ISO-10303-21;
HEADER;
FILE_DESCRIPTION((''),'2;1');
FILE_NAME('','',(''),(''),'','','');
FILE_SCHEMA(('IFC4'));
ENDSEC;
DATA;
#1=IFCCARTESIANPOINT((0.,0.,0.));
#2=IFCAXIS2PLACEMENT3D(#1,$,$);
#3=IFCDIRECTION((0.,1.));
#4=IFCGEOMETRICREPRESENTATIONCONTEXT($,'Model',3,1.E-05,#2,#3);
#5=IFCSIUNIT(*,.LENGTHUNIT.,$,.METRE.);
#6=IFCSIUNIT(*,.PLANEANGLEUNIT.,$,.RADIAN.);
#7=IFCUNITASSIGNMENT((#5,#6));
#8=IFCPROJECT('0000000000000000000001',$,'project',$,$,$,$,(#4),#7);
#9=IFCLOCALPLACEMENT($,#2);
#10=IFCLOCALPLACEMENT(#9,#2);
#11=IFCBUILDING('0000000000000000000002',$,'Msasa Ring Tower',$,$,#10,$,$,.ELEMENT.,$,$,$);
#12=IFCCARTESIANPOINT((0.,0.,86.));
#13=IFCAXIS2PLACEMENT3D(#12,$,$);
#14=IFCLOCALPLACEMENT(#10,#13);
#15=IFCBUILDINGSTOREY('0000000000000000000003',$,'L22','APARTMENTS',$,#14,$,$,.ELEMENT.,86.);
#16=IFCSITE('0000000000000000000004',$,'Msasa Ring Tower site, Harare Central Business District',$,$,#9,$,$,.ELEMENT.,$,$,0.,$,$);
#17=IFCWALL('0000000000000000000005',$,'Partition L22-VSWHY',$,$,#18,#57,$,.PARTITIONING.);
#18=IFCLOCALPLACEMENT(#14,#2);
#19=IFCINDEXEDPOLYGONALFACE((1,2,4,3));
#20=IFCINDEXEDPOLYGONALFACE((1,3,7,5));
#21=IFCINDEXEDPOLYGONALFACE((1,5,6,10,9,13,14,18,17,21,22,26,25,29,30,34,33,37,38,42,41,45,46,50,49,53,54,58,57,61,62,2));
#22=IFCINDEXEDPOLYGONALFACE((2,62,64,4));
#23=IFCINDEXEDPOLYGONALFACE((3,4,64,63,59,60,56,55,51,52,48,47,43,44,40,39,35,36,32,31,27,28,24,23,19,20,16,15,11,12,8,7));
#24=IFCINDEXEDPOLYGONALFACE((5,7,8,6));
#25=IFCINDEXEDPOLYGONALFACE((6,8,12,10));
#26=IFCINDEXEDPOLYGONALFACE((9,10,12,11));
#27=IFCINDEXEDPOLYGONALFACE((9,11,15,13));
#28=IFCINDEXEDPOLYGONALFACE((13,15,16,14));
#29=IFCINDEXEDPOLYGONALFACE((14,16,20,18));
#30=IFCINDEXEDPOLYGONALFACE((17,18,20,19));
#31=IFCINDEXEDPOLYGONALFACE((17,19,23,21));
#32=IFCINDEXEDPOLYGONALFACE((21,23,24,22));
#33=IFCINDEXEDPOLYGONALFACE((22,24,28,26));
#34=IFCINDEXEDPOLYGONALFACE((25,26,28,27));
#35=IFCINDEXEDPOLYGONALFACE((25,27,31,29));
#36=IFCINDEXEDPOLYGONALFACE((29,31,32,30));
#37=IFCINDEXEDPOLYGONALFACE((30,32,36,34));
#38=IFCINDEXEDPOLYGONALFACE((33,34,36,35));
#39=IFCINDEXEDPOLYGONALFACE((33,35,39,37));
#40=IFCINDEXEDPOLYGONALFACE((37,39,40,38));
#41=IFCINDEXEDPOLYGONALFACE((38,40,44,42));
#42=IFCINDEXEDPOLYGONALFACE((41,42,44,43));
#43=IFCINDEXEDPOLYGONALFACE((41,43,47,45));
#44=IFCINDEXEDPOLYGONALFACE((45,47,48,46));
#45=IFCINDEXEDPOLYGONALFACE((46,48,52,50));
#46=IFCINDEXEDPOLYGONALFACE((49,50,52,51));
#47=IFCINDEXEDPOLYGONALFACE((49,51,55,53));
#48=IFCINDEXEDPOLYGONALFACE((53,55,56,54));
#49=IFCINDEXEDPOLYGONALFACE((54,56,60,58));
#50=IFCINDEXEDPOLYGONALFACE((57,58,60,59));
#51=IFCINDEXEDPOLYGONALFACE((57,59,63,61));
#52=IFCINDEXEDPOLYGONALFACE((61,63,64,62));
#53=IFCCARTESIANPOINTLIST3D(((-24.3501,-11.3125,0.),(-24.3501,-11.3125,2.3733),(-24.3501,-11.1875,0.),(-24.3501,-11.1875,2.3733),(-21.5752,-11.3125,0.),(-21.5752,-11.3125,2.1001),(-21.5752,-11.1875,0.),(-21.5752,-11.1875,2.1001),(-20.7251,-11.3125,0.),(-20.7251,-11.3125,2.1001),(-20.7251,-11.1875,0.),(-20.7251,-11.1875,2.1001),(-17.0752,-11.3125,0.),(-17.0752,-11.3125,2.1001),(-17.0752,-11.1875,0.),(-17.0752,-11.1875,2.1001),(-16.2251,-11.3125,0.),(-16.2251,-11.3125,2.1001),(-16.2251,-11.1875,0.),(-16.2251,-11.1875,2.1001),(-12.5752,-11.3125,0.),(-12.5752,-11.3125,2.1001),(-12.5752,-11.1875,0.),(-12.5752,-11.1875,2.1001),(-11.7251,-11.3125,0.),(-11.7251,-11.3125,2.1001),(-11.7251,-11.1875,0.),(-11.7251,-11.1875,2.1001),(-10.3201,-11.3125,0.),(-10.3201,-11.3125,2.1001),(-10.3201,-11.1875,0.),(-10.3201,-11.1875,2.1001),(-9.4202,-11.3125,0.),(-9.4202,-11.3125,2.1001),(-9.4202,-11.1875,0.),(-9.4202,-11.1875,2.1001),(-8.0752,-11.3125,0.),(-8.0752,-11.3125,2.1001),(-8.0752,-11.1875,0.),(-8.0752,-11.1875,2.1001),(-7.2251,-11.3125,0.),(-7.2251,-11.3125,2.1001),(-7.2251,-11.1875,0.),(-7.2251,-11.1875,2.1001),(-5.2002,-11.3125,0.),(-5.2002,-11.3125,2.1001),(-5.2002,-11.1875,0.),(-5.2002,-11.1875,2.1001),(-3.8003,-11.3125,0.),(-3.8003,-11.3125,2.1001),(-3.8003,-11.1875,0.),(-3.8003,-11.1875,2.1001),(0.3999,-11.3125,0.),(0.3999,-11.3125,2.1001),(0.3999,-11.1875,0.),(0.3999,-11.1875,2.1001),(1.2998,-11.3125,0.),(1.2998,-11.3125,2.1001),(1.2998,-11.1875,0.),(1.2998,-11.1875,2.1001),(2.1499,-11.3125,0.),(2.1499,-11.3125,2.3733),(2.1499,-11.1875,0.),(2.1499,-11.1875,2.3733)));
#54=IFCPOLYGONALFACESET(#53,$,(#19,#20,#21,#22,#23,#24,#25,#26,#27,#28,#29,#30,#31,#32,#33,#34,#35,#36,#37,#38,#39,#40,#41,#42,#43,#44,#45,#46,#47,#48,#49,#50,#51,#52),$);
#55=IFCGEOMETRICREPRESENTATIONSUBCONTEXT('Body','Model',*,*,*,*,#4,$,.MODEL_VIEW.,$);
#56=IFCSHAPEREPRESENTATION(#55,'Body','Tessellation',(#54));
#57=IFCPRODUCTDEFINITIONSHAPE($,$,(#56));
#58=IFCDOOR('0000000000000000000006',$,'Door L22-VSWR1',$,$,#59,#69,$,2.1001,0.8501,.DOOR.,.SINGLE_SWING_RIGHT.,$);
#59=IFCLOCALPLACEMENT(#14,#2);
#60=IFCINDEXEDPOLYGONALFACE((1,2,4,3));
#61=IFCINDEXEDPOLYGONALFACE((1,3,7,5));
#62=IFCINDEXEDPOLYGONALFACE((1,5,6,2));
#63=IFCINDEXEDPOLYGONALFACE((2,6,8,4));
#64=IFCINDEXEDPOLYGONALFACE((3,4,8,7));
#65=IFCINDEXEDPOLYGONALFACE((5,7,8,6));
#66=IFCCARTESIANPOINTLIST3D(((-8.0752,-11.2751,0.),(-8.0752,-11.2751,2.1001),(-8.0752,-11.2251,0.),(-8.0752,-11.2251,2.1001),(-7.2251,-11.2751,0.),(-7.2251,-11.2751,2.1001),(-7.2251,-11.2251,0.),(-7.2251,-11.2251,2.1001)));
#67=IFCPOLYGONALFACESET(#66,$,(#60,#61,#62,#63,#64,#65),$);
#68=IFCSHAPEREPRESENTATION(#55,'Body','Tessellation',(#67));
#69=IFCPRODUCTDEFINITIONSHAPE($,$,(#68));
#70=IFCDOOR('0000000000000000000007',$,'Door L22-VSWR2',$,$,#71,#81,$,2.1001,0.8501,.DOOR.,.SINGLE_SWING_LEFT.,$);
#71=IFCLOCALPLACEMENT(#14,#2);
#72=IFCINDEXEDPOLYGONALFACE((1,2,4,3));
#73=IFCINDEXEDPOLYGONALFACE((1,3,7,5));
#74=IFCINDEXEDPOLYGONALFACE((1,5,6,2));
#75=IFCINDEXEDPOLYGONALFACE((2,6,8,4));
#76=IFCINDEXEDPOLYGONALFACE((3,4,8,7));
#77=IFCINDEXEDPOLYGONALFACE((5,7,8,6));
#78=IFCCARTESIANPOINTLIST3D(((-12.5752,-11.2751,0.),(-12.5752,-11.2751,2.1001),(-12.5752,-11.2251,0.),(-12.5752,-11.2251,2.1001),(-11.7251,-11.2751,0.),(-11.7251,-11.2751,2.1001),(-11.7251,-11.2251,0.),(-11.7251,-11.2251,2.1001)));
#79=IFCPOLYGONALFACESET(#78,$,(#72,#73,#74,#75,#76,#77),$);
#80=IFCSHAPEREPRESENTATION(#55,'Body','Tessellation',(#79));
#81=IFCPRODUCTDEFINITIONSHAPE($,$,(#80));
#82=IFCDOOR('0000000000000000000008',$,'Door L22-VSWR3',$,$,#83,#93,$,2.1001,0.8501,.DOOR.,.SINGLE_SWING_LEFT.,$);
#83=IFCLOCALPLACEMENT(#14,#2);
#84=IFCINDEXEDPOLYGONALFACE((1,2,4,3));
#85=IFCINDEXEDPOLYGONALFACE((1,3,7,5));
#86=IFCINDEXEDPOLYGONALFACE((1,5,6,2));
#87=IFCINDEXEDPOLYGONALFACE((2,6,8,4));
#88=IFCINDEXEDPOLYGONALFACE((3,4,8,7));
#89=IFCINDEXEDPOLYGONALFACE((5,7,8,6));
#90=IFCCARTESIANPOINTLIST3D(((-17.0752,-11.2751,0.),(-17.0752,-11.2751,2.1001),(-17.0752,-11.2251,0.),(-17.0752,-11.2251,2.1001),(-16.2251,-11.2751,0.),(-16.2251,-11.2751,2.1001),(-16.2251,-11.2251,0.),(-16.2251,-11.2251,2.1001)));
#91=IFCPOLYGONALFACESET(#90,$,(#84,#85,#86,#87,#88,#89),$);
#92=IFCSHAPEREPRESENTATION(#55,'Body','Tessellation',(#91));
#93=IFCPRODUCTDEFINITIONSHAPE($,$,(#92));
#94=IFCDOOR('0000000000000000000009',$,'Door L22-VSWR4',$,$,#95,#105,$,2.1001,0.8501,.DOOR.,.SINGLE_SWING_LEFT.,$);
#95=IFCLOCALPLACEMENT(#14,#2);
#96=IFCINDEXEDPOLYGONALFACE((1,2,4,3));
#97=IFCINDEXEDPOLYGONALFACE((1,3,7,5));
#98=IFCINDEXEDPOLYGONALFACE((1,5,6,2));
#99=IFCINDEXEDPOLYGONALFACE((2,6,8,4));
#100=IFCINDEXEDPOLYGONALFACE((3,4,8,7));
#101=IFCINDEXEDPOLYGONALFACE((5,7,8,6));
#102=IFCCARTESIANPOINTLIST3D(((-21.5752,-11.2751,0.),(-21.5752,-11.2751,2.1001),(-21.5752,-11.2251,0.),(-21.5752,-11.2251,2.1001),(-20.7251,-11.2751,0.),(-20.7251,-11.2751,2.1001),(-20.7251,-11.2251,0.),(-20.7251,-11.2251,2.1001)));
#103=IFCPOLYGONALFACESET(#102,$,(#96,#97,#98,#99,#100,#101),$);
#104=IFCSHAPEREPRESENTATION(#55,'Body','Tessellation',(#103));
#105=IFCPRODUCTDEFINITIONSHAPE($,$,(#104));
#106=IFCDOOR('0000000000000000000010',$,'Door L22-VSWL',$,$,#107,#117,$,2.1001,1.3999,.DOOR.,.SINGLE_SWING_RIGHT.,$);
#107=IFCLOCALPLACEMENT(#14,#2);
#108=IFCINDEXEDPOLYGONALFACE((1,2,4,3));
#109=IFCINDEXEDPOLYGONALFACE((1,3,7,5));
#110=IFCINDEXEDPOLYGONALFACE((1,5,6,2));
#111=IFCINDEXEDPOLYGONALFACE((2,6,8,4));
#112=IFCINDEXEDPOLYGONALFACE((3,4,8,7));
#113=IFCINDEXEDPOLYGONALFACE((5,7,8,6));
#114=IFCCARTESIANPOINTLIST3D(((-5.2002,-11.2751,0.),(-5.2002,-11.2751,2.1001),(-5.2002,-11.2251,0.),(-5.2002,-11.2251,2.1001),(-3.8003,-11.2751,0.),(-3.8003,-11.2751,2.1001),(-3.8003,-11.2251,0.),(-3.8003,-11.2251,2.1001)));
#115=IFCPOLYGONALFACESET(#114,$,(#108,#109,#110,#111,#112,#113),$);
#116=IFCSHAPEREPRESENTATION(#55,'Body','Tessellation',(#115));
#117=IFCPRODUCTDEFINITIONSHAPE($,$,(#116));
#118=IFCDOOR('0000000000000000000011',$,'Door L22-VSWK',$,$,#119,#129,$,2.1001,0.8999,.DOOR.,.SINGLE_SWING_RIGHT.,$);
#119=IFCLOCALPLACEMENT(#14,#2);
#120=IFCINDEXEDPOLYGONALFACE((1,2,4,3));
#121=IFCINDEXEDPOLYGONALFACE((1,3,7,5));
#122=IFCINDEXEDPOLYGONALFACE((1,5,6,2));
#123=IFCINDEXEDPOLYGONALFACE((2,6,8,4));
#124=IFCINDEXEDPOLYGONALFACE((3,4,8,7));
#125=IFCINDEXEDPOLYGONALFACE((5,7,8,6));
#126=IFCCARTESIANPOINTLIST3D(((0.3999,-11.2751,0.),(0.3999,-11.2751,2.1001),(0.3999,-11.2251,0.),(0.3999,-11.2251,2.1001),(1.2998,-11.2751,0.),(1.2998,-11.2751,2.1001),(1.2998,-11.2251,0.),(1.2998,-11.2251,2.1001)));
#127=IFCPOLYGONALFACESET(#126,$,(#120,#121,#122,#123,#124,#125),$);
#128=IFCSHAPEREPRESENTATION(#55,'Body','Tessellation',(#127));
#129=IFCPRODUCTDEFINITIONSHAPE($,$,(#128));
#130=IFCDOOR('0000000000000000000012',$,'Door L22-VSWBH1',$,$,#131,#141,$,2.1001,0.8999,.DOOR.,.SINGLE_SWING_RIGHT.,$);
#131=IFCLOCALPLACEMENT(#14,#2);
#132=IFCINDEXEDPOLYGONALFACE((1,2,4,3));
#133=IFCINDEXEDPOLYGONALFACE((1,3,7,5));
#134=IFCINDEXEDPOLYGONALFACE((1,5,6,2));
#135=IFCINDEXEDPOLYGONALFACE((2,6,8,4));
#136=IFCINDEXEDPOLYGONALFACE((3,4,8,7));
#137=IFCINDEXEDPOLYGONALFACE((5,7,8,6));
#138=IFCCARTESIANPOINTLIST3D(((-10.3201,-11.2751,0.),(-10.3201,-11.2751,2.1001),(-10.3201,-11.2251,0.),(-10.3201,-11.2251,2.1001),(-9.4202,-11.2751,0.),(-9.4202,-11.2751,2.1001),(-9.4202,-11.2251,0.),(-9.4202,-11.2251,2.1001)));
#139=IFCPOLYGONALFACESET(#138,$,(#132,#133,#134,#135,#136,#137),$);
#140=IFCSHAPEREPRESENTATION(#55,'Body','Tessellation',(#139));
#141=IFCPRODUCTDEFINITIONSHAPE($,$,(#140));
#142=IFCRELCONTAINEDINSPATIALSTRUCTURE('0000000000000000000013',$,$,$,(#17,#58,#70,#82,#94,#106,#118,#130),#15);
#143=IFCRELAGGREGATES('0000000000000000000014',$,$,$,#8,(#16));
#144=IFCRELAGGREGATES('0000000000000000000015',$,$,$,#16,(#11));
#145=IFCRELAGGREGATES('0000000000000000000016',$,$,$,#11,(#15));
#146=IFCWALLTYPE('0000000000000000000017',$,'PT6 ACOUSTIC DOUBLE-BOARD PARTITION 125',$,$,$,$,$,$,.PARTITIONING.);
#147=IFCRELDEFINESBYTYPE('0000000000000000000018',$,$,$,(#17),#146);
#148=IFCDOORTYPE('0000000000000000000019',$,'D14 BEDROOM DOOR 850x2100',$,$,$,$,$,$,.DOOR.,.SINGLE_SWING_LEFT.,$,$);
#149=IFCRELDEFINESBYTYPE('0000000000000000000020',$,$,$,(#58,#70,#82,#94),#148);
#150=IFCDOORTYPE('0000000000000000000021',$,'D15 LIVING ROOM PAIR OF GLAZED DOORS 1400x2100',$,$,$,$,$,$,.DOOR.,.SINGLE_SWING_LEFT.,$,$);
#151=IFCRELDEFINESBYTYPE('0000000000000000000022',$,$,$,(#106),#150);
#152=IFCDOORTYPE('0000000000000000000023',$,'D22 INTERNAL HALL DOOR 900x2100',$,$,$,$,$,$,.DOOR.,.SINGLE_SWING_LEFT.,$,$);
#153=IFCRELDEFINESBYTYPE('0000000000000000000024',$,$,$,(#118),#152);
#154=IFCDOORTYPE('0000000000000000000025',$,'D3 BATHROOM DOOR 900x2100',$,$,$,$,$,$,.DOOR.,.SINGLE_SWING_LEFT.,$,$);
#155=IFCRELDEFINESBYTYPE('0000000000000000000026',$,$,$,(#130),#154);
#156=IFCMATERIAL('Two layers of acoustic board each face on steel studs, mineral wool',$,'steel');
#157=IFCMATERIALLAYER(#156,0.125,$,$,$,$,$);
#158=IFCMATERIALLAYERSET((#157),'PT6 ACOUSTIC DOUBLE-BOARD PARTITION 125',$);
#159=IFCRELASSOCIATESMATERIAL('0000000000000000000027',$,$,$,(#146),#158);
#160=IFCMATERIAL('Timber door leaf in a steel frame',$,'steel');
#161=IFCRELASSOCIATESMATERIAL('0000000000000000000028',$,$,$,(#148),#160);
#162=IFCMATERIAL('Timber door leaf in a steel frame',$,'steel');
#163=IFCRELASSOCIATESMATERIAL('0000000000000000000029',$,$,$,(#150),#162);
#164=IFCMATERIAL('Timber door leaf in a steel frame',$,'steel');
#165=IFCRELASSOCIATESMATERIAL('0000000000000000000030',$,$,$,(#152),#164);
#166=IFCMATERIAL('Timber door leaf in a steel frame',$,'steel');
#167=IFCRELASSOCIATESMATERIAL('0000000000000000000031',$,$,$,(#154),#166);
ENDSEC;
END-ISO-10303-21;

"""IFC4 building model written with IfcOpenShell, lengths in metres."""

from ifc_helpers import new_model, si_unit, direction, frame, frame_2d, origin, place, context, subcontext, project, spatial, rectangle, extrude, material, layer, layer_set, type_object, element, fill, save


model = new_model("IFC4")

# Units and contexts
model_context = context("Model", 3, precision=1e-05, world=origin(), true_north=direction((0.0, 1.0)))
body_context = subcontext(model_context, "Body", "Model", "MODEL_VIEW")
ifc_project = project(units=[si_unit("LENGTHUNIT", "METRE"), si_unit("PLANEANGLEUNIT", "RADIAN")], contexts=[model_context])

# Site, building, storey
site_placement = place(None, origin())
site = spatial("IfcSite", under=ifc_project, at=site_placement, Name="Msasa Ring Tower site, Harare Central Business District", CompositionType="ELEMENT", RefElevation=0.0)
building_placement = place(site_placement, origin())
building = spatial("IfcBuilding", under=site, at=building_placement, Name="Msasa Ring Tower", CompositionType="ELEMENT")
storey_placement = place(building_placement, frame((0.0, 0.0, 86.0)))
storey = spatial("IfcBuildingStorey", under=building, at=storey_placement, Name="L22", Description="APARTMENTS", CompositionType="ELEMENT", Elevation=86.0)

# Wall, openings, doors
ifc_material_1 = material(Name="Two layers of acoustic board each face on steel studs, mineral wool", Category="steel")
ifc_layer_1 = layer(ifc_material_1, 0.125)
ifc_layer_set_1 = layer_set([ifc_layer_1], Name="PT6 ACOUSTIC DOUBLE-BOARD PARTITION 125")
wall_type_1 = type_object("IfcWallType", Name="PT6 ACOUSTIC DOUBLE-BOARD PARTITION 125", PredefinedType="PARTITIONING", material=ifc_layer_set_1)
wall_1_placement = place(storey_placement, frame((-24.3501, -11.25, 0.0), z_axis=(0.0, 0.0, 1.0), x_axis=(1.0, 0.0, 0.0)))
wall_1 = element("IfcWall", 1, at=wall_1_placement, inside=storey, type_object=wall_type_1, Name="Partition L22-VSWHY", PredefinedType="PARTITIONING", context=body_context, shape_type="SweptSolid", body=[
    extrude(rectangle(XDim=26.5, YDim=0.125, at=frame_2d((13.25, 0.0))), origin(), (0.0, 0.0, 1.0), 2.3733),
])
opening_1_placement = place(wall_1_placement, frame((24.75, 0.0, 0.0)))
opening_1 = element("IfcOpeningElement", 2, at=opening_1_placement, cuts=wall_1, PredefinedType="OPENING", context=body_context, shape_type="SweptSolid", body=[
    extrude(rectangle(XDim=0.8999, YDim=2.1001, at=frame_2d((0.45, 1.05))), frame((0.0, 0.0725, 0.0), z_axis=(0.0, -1.0, 0.0), x_axis=(1.0, 0.0, 0.0)), (0.0, 0.0, 1.0), 0.145),
])
opening_2_placement = place(wall_1_placement, frame((19.1499, 0.0, 0.0)))
opening_2 = element("IfcOpeningElement", 3, at=opening_2_placement, cuts=wall_1, PredefinedType="OPENING", context=body_context, shape_type="SweptSolid", body=[
    extrude(rectangle(XDim=1.3999, YDim=2.1001, at=frame_2d((0.7, 1.05))), frame((0.0, 0.0725, 0.0), z_axis=(0.0, -1.0, 0.0), x_axis=(1.0, 0.0, 0.0)), (0.0, 0.0, 1.0), 0.145),
])
opening_3_placement = place(wall_1_placement, frame((16.2749, 0.0, 0.0)))
opening_3 = element("IfcOpeningElement", 4, at=opening_3_placement, cuts=wall_1, PredefinedType="OPENING", context=body_context, shape_type="SweptSolid", body=[
    extrude(rectangle(XDim=0.8501, YDim=2.1001, at=frame_2d((0.425, 1.05))), frame((0.0, 0.0725, 0.0), z_axis=(0.0, -1.0, 0.0), x_axis=(1.0, 0.0, 0.0)), (0.0, 0.0, 1.0), 0.145),
])
opening_4_placement = place(wall_1_placement, frame((14.03, 0.0, 0.0)))
opening_4 = element("IfcOpeningElement", 5, at=opening_4_placement, cuts=wall_1, PredefinedType="OPENING", context=body_context, shape_type="SweptSolid", body=[
    extrude(rectangle(XDim=0.8999, YDim=2.1001, at=frame_2d((0.45, 1.05))), frame((0.0, 0.0725, 0.0), z_axis=(0.0, -1.0, 0.0), x_axis=(1.0, 0.0, 0.0)), (0.0, 0.0, 1.0), 0.145),
])
opening_5_placement = place(wall_1_placement, frame((11.7749, 0.0, 0.0)))
opening_5 = element("IfcOpeningElement", 6, at=opening_5_placement, cuts=wall_1, PredefinedType="OPENING", context=body_context, shape_type="SweptSolid", body=[
    extrude(rectangle(XDim=0.8501, YDim=2.1001, at=frame_2d((0.425, 1.05))), frame((0.0, 0.0725, 0.0), z_axis=(0.0, -1.0, 0.0), x_axis=(1.0, 0.0, 0.0)), (0.0, 0.0, 1.0), 0.145),
])
opening_6_placement = place(wall_1_placement, frame((7.2749, 0.0, 0.0)))
opening_6 = element("IfcOpeningElement", 7, at=opening_6_placement, cuts=wall_1, PredefinedType="OPENING", context=body_context, shape_type="SweptSolid", body=[
    extrude(rectangle(XDim=0.8501, YDim=2.1001, at=frame_2d((0.425, 1.05))), frame((0.0, 0.0725, 0.0), z_axis=(0.0, -1.0, 0.0), x_axis=(1.0, 0.0, 0.0)), (0.0, 0.0, 1.0), 0.145),
])
opening_7_placement = place(wall_1_placement, frame((2.7749, 0.0, 0.0)))
opening_7 = element("IfcOpeningElement", 8, at=opening_7_placement, cuts=wall_1, PredefinedType="OPENING", context=body_context, shape_type="SweptSolid", body=[
    extrude(rectangle(XDim=0.8501, YDim=2.1001, at=frame_2d((0.425, 1.05))), frame((0.0, 0.0725, 0.0), z_axis=(0.0, -1.0, 0.0), x_axis=(1.0, 0.0, 0.0)), (0.0, 0.0, 1.0), 0.145),
])
ifc_material_2 = material(Name="Timber door leaf in a steel frame", Category="steel")
door_type_1 = type_object("IfcDoorType", Name="D14 BEDROOM DOOR 850x2100", OperationType="SINGLE_SWING_LEFT", PredefinedType="DOOR", material=ifc_material_2)
door_1_placement = place(opening_3_placement, origin())
door_1 = element("IfcDoor", 9, at=door_1_placement, inside=storey, type_object=door_type_1, Name="Door L22-VSWR1", OperationType="SINGLE_SWING_RIGHT", OverallHeight=2.1001, OverallWidth=0.8501, PredefinedType="DOOR", context=body_context, shape_type="SweptSolid", body=[
    extrude(rectangle(XDim=0.8501, YDim=2.1001, at=frame_2d((0.425, 1.05))), frame((0.0, 0.0249, 0.0), z_axis=(0.0, -1.0, 0.0), x_axis=(1.0, 0.0, 0.0)), (0.0, 0.0, 1.0), 0.05),
])
fill(opening_3, door_1)
door_2_placement = place(opening_5_placement, origin())
door_2 = element("IfcDoor", 10, at=door_2_placement, inside=storey, type_object=door_type_1, Name="Door L22-VSWR2", OperationType="SINGLE_SWING_LEFT", OverallHeight=2.1001, OverallWidth=0.8501, PredefinedType="DOOR", context=body_context, shape_type="SweptSolid", body=[
    extrude(rectangle(XDim=0.8501, YDim=2.1001, at=frame_2d((0.425, 1.05))), frame((0.0, 0.0249, 0.0), z_axis=(0.0, -1.0, 0.0), x_axis=(1.0, 0.0, 0.0)), (0.0, 0.0, 1.0), 0.05),
])
fill(opening_5, door_2)
door_3_placement = place(opening_6_placement, origin())
door_3 = element("IfcDoor", 11, at=door_3_placement, inside=storey, type_object=door_type_1, Name="Door L22-VSWR3", OperationType="SINGLE_SWING_LEFT", OverallHeight=2.1001, OverallWidth=0.8501, PredefinedType="DOOR", context=body_context, shape_type="SweptSolid", body=[
    extrude(rectangle(XDim=0.8501, YDim=2.1001, at=frame_2d((0.425, 1.05))), frame((0.0, 0.0249, 0.0), z_axis=(0.0, -1.0, 0.0), x_axis=(1.0, 0.0, 0.0)), (0.0, 0.0, 1.0), 0.05),
])
fill(opening_6, door_3)
door_4_placement = place(opening_7_placement, origin())
door_4 = element("IfcDoor", 12, at=door_4_placement, inside=storey, type_object=door_type_1, Name="Door L22-VSWR4", OperationType="SINGLE_SWING_LEFT", OverallHeight=2.1001, OverallWidth=0.8501, PredefinedType="DOOR", context=body_context, shape_type="SweptSolid", body=[
    extrude(rectangle(XDim=0.8501, YDim=2.1001, at=frame_2d((0.425, 1.05))), frame((0.0, 0.0249, 0.0), z_axis=(0.0, -1.0, 0.0), x_axis=(1.0, 0.0, 0.0)), (0.0, 0.0, 1.0), 0.05),
])
fill(opening_7, door_4)
ifc_material_3 = material(Name="Timber door leaf in a steel frame", Category="steel")
door_type_2 = type_object("IfcDoorType", Name="D15 LIVING ROOM PAIR OF GLAZED DOORS 1400x2100", OperationType="SINGLE_SWING_LEFT", PredefinedType="DOOR", material=ifc_material_3)
door_5_placement = place(opening_2_placement, origin())
door_5 = element("IfcDoor", 13, at=door_5_placement, inside=storey, type_object=door_type_2, Name="Door L22-VSWL", OperationType="SINGLE_SWING_RIGHT", OverallHeight=2.1001, OverallWidth=1.3999, PredefinedType="DOOR", context=body_context, shape_type="SweptSolid", body=[
    extrude(rectangle(XDim=1.3999, YDim=2.1001, at=frame_2d((0.7, 1.05))), frame((0.0, 0.0249, 0.0), z_axis=(0.0, -1.0, 0.0), x_axis=(1.0, 0.0, 0.0)), (0.0, 0.0, 1.0), 0.05),
])
fill(opening_2, door_5)
ifc_material_4 = material(Name="Timber door leaf in a steel frame", Category="steel")
door_type_3 = type_object("IfcDoorType", Name="D22 INTERNAL HALL DOOR 900x2100", OperationType="SINGLE_SWING_LEFT", PredefinedType="DOOR", material=ifc_material_4)
door_6_placement = place(opening_1_placement, origin())
door_6 = element("IfcDoor", 14, at=door_6_placement, inside=storey, type_object=door_type_3, Name="Door L22-VSWK", OperationType="SINGLE_SWING_RIGHT", OverallHeight=2.1001, OverallWidth=0.8999, PredefinedType="DOOR", context=body_context, shape_type="SweptSolid", body=[
    extrude(rectangle(XDim=0.8999, YDim=2.1001, at=frame_2d((0.45, 1.05))), frame((0.0, 0.0249, 0.0), z_axis=(0.0, -1.0, 0.0), x_axis=(1.0, 0.0, 0.0)), (0.0, 0.0, 1.0), 0.05),
])
fill(opening_1, door_6)
ifc_material_5 = material(Name="Timber door leaf in a steel frame", Category="steel")
door_type_4 = type_object("IfcDoorType", Name="D3 BATHROOM DOOR 900x2100", OperationType="SINGLE_SWING_LEFT", PredefinedType="DOOR", material=ifc_material_5)
door_7_placement = place(opening_4_placement, origin())
door_7 = element("IfcDoor", 15, at=door_7_placement, inside=storey, type_object=door_type_4, Name="Door L22-VSWBH1", OperationType="SINGLE_SWING_RIGHT", OverallHeight=2.1001, OverallWidth=0.8999, PredefinedType="DOOR", context=body_context, shape_type="SweptSolid", body=[
    extrude(rectangle(XDim=0.8999, YDim=2.1001, at=frame_2d((0.45, 1.05))), frame((0.0, 0.0249, 0.0), z_axis=(0.0, -1.0, 0.0), x_axis=(1.0, 0.0, 0.0)), (0.0, 0.0, 1.0), 0.05),
])
fill(opening_4, door_7)

save(model, "model.ifc")
